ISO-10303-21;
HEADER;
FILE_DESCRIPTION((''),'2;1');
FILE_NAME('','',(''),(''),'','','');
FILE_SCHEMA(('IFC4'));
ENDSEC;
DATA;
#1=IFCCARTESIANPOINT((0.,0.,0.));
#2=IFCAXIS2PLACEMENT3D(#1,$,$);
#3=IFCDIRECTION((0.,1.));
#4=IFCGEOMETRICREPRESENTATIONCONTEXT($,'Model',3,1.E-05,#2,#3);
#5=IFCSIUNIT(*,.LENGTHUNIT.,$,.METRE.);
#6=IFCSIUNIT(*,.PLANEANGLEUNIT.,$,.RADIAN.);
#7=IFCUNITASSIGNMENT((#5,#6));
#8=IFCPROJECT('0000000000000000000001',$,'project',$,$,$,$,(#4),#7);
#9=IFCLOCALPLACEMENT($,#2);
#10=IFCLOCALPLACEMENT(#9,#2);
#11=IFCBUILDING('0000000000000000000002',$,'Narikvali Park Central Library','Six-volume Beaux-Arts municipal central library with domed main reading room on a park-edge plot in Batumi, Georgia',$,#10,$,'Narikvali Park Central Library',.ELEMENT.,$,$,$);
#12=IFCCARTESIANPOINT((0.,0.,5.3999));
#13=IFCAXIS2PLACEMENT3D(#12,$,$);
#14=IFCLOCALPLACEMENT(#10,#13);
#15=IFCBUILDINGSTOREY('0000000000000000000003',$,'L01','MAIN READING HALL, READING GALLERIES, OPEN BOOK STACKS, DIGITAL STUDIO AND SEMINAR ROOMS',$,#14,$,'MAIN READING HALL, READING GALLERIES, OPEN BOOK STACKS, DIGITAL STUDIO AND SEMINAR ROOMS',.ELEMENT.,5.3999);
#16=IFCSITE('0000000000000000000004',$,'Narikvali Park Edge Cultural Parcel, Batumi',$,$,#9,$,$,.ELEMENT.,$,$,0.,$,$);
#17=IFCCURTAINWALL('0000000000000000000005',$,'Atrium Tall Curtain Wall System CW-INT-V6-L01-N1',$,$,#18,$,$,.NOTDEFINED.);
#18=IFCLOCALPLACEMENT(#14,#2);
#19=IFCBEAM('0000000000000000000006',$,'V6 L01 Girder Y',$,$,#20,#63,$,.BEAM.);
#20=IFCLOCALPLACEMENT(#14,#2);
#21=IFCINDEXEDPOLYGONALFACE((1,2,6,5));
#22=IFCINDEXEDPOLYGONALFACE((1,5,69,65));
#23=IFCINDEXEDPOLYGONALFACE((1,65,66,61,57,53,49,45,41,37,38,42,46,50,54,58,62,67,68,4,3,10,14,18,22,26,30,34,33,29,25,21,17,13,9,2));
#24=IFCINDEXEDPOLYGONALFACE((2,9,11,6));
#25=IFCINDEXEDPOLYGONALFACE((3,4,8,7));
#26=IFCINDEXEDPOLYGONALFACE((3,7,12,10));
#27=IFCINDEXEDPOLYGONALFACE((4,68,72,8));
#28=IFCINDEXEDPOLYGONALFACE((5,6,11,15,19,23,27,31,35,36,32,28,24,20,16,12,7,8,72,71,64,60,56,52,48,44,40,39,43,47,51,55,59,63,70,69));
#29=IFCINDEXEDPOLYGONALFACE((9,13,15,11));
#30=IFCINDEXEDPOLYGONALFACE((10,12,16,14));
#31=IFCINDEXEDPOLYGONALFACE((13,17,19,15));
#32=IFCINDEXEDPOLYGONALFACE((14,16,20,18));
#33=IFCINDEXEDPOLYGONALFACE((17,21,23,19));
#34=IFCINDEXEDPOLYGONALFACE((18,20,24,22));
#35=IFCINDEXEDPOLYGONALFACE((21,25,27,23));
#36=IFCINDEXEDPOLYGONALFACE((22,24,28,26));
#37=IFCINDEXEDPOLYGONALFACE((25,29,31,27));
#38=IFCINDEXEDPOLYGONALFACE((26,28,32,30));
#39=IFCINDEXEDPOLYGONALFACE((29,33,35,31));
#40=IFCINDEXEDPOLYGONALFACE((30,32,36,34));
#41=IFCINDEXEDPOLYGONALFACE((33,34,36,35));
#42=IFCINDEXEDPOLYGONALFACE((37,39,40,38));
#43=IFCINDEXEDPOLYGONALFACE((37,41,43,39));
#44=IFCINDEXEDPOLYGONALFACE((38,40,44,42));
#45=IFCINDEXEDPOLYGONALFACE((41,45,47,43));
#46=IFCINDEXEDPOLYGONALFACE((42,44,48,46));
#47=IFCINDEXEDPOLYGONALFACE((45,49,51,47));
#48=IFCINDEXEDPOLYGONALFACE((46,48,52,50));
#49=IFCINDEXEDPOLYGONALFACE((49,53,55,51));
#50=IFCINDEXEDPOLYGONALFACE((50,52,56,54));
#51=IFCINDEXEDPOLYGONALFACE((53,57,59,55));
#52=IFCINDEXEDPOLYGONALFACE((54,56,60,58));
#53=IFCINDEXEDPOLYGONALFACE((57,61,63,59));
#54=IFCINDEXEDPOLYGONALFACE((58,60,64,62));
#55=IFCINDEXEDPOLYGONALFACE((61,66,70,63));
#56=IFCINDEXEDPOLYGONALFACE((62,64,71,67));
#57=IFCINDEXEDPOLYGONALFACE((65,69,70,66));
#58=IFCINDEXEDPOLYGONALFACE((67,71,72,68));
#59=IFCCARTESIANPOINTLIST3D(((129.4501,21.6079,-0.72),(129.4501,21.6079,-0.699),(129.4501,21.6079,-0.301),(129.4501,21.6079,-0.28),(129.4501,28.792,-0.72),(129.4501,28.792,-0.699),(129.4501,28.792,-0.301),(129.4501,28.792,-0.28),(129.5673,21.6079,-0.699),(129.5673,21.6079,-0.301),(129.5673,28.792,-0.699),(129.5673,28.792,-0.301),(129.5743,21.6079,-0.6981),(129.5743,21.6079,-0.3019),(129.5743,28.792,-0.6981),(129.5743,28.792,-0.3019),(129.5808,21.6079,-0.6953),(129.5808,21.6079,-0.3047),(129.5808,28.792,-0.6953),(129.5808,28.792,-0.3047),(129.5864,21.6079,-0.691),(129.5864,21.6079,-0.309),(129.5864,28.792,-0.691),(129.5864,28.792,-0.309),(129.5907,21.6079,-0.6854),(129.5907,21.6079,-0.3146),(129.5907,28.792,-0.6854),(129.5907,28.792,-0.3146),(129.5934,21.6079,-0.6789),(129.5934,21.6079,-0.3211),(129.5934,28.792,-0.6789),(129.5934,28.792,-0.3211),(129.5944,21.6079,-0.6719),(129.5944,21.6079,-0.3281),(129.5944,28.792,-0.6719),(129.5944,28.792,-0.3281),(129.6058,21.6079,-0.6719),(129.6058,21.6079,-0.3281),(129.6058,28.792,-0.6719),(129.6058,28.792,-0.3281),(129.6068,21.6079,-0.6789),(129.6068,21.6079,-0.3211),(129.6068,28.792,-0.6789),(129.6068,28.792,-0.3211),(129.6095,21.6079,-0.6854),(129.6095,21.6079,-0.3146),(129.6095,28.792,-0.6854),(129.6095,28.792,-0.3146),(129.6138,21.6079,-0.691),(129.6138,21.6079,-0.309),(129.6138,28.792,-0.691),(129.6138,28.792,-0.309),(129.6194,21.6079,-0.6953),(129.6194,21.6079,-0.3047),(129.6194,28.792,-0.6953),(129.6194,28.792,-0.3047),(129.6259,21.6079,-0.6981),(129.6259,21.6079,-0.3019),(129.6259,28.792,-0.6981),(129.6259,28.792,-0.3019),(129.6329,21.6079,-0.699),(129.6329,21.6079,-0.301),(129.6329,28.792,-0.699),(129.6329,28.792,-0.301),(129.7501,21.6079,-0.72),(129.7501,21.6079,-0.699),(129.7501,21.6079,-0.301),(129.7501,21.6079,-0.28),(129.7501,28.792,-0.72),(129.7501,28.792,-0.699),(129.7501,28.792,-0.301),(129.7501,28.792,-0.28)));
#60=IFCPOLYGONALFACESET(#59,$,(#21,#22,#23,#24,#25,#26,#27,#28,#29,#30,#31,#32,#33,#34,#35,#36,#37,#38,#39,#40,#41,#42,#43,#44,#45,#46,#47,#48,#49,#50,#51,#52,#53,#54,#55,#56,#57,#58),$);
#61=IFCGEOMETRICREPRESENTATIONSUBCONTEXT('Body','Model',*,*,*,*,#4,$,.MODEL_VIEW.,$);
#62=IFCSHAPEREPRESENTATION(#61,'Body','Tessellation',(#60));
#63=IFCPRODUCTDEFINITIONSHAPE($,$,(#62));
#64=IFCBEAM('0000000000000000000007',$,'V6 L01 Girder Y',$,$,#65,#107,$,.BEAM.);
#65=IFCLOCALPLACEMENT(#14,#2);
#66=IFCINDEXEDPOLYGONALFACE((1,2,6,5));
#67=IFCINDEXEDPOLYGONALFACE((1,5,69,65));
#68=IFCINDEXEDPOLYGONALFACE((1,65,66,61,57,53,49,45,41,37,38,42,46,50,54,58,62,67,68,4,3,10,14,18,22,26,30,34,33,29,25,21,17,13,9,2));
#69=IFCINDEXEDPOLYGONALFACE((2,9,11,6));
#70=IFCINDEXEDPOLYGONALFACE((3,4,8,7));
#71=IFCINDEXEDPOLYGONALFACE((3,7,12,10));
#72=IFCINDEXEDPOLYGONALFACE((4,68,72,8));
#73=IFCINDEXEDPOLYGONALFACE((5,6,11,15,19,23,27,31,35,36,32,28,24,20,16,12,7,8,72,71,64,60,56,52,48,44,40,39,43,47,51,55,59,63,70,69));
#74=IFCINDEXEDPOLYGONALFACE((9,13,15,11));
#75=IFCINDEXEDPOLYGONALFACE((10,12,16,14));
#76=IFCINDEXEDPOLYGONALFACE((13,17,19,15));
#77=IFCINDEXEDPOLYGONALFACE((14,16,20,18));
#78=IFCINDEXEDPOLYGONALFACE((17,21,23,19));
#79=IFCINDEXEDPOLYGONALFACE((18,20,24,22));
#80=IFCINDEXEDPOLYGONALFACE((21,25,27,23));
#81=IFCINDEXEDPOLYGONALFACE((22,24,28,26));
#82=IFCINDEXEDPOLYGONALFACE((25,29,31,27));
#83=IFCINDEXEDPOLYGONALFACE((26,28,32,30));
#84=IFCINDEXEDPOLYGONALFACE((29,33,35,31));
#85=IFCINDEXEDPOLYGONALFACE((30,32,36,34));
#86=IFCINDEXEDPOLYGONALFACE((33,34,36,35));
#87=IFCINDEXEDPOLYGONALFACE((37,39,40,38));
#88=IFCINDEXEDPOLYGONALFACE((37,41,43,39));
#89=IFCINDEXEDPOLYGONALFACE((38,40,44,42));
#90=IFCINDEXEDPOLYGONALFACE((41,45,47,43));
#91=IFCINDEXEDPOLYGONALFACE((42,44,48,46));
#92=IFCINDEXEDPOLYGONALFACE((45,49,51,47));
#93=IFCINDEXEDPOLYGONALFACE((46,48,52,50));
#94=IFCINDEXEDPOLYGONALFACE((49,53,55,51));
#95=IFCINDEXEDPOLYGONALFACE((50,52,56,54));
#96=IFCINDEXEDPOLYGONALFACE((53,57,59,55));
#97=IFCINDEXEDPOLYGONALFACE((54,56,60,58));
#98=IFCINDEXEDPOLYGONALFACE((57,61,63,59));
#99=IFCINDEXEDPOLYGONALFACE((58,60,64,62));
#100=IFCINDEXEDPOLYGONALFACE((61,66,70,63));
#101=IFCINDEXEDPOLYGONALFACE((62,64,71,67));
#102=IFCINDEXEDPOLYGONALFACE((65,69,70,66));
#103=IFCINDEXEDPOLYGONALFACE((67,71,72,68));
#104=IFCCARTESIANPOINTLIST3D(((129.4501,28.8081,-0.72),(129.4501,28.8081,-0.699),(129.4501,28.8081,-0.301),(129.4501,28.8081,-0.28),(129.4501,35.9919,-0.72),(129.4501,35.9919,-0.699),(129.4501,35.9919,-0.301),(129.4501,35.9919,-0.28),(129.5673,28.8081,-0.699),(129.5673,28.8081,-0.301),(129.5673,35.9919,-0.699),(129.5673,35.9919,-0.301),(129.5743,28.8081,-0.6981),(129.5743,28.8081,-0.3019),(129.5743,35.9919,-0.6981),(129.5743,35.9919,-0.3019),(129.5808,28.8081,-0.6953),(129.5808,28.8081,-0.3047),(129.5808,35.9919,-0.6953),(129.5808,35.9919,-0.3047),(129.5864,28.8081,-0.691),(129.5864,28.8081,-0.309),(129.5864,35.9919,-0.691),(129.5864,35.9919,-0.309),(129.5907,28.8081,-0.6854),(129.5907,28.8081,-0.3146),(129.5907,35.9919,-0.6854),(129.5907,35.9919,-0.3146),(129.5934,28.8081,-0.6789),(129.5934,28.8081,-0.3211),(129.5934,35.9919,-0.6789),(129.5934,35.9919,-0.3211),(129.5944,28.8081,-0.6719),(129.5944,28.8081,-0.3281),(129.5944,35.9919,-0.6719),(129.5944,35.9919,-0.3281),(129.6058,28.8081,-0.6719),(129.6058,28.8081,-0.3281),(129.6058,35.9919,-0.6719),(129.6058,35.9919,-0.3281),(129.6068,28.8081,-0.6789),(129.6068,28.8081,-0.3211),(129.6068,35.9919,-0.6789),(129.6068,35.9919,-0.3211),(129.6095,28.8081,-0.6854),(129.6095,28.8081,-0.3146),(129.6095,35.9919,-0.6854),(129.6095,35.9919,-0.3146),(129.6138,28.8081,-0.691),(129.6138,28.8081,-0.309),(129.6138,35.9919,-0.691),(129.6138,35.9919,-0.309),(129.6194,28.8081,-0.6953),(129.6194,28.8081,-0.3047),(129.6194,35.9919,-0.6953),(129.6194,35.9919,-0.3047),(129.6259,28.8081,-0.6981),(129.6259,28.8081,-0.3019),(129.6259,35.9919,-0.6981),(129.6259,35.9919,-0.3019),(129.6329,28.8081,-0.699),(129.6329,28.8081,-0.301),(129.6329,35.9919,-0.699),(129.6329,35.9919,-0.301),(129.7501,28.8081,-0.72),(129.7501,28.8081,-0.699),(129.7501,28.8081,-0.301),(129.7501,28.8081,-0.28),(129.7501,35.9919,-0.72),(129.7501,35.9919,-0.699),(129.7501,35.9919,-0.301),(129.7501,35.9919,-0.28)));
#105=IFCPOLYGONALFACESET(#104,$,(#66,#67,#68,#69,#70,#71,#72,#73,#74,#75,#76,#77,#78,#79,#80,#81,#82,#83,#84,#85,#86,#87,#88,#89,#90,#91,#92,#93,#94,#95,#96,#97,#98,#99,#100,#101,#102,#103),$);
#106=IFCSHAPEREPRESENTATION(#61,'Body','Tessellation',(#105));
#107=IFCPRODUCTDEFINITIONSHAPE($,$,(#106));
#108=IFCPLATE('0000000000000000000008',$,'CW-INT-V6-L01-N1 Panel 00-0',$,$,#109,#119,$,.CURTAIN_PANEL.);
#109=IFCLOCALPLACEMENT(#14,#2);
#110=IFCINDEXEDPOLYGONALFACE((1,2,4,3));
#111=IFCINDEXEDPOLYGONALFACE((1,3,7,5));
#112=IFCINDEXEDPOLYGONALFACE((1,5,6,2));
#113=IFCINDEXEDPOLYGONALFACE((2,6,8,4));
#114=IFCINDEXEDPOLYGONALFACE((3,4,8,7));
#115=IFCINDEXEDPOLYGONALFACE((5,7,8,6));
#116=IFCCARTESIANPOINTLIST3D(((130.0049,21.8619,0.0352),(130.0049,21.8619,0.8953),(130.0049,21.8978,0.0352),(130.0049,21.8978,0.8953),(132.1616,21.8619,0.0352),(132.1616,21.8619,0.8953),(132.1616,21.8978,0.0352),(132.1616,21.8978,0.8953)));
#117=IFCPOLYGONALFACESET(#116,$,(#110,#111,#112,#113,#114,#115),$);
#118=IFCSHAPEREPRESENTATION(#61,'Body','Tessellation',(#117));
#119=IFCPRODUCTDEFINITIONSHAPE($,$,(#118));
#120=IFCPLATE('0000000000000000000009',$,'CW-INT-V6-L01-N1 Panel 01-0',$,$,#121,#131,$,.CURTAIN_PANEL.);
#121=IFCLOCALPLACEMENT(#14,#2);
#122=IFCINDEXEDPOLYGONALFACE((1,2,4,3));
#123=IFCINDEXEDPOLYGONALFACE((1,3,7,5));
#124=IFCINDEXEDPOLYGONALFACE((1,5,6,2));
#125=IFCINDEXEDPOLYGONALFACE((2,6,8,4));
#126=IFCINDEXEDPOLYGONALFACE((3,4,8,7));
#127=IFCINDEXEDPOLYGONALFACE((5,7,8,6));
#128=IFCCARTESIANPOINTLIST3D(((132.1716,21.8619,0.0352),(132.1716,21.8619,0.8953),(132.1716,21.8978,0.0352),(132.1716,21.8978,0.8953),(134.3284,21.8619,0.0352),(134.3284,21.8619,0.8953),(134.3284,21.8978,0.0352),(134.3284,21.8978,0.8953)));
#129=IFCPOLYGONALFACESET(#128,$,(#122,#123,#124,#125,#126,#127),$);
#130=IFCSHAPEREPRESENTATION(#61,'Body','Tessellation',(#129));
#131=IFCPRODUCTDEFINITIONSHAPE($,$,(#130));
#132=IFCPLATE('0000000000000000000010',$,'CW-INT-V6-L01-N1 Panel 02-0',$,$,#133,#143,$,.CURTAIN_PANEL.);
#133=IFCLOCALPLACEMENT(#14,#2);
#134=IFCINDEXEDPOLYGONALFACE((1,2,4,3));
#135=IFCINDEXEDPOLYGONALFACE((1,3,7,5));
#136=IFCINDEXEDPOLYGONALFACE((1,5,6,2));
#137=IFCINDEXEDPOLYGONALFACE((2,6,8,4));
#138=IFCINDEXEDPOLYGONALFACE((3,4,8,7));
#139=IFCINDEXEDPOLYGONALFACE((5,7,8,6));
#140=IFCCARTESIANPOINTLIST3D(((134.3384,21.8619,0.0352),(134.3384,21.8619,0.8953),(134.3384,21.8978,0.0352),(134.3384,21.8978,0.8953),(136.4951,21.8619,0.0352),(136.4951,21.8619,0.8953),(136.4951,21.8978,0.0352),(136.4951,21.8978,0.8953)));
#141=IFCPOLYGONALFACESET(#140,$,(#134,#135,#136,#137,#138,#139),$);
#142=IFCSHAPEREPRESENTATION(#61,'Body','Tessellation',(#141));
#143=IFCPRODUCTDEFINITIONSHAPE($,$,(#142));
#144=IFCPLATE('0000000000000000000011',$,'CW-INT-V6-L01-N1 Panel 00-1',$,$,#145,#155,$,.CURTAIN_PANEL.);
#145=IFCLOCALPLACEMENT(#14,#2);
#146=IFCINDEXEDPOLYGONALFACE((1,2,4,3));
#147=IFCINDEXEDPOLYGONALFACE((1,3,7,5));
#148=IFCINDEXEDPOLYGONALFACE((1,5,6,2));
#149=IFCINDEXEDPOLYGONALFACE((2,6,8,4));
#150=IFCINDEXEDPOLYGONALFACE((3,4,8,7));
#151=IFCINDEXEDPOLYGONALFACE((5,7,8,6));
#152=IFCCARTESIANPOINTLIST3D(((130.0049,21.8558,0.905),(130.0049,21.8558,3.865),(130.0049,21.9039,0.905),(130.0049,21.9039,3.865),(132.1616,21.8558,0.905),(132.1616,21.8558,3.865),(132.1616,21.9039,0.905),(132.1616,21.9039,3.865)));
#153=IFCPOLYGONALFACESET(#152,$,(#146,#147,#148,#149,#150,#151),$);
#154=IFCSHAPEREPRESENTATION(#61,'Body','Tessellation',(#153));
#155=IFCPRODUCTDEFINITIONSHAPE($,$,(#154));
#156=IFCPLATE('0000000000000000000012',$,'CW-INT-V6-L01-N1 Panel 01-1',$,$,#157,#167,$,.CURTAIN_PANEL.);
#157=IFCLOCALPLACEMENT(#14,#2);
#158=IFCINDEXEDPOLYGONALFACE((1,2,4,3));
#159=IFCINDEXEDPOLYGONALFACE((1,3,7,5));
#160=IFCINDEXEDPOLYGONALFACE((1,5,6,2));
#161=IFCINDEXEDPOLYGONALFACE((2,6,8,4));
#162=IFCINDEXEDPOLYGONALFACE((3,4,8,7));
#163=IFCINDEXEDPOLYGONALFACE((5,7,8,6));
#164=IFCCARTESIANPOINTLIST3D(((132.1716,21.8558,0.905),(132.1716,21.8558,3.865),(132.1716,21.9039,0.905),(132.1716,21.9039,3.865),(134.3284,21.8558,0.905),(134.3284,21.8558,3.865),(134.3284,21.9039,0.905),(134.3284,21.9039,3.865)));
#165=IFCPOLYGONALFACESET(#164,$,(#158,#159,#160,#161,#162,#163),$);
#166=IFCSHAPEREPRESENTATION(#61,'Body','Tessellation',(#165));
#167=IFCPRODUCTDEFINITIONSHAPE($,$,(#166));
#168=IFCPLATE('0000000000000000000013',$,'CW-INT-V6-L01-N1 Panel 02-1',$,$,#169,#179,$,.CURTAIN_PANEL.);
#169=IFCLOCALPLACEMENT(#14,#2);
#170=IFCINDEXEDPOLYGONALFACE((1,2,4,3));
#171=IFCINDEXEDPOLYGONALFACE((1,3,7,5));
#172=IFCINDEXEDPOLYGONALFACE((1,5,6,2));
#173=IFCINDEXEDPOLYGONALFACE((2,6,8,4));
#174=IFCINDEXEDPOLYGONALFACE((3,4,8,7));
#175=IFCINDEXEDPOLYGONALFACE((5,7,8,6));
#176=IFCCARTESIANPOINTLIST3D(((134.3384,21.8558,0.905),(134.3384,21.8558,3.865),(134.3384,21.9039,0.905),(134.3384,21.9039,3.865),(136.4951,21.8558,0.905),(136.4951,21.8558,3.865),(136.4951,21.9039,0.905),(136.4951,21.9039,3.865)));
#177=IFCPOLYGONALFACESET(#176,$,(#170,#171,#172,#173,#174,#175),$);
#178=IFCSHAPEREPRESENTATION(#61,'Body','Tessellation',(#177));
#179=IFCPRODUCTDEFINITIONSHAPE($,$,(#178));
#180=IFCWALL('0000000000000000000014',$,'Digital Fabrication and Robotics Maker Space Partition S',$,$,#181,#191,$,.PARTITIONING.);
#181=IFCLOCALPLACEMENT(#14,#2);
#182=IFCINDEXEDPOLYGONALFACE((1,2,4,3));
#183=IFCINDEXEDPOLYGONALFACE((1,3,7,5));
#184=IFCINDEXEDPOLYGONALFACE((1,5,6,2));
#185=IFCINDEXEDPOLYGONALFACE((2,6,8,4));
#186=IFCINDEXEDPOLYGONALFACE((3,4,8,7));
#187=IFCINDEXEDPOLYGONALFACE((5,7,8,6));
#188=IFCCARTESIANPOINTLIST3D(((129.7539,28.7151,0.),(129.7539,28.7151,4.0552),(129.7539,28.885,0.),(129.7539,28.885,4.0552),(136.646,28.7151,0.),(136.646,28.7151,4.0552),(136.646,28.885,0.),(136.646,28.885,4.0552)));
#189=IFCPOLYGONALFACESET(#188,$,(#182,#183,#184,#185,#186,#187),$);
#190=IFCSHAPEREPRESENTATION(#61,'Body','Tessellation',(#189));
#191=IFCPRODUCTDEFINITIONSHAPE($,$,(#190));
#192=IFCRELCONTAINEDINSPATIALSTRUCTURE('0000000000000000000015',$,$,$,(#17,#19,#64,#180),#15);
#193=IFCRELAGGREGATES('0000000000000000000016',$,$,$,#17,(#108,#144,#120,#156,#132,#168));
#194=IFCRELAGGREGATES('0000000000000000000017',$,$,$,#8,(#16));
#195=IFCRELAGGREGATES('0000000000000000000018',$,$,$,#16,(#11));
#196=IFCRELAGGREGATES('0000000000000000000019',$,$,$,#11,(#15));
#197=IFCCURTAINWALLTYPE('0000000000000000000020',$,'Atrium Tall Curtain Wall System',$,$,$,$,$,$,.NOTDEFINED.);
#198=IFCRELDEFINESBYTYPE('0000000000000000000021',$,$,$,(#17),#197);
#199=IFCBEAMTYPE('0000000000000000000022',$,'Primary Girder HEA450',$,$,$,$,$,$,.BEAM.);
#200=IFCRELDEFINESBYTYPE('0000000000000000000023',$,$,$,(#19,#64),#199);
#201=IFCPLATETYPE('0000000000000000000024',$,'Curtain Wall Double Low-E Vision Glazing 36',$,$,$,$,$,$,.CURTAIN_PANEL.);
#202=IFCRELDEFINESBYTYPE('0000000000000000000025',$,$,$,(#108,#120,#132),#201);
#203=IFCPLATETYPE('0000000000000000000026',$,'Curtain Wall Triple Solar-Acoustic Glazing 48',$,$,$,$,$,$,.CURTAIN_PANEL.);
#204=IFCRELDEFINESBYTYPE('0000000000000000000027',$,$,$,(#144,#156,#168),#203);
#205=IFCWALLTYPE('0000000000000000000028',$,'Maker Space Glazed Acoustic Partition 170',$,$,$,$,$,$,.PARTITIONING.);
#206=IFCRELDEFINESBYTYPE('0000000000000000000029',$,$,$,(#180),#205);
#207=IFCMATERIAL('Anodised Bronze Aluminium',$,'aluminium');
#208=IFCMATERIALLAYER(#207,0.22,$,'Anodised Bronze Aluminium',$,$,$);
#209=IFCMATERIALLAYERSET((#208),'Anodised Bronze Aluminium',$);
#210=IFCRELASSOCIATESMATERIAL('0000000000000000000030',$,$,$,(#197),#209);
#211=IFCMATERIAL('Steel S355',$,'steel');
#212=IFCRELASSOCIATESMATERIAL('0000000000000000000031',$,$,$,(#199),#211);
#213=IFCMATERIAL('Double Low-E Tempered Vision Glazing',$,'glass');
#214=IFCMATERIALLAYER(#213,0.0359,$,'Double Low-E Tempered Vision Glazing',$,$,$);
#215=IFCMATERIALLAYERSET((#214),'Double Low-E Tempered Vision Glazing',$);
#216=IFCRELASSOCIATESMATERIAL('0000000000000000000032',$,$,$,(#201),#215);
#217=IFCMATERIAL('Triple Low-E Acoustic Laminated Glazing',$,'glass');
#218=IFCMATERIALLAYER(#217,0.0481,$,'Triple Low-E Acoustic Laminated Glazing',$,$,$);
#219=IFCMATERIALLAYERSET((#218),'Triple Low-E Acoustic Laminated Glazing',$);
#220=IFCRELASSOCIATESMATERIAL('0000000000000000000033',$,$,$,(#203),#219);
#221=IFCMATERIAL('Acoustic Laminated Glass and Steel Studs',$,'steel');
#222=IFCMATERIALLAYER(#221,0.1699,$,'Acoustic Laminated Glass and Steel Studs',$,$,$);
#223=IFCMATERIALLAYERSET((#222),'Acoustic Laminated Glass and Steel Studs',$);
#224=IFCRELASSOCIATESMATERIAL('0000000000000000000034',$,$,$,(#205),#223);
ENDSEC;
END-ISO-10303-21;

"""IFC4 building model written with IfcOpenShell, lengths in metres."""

from ifc_helpers import new_model, si_unit, direction, frame, frame_2d, origin, origin_2d, place, context, subcontext, project, spatial, rectangle, i_section, extrude, material, layer, layer_set, material_profile, profile_set, type_object, element, aggregate, save


model = new_model("IFC4")

# Units and contexts
model_context = context("Model", 3, precision=1e-05, world=origin(), true_north=direction((0.0, 1.0)))
body_context = subcontext(model_context, "Body", "Model", "MODEL_VIEW")
ifc_project = project(units=[si_unit("LENGTHUNIT", "METRE"), si_unit("PLANEANGLEUNIT", "RADIAN")], contexts=[model_context])

# Site, building, storey
site_placement = place(None, origin())
site = spatial("IfcSite", under=ifc_project, at=site_placement, Name="Narikvali Park Edge Cultural Parcel, Batumi", CompositionType="ELEMENT", RefElevation=0.0)
building_placement = place(site_placement, origin())
building = spatial("IfcBuilding", under=site, at=building_placement, Name="Narikvali Park Central Library", Description="Six-volume Beaux-Arts municipal central library with domed main reading room on a park-edge plot in Batumi, Georgia", LongName="Narikvali Park Central Library", CompositionType="ELEMENT")
storey_placement = place(building_placement, frame((0.0, 0.0, 5.3999)))
storey = spatial("IfcBuildingStorey", under=building, at=storey_placement, Name="L01", Description="MAIN READING HALL, READING GALLERIES, OPEN BOOK STACKS, DIGITAL STUDIO AND SEMINAR ROOMS", LongName="MAIN READING HALL, READING GALLERIES, OPEN BOOK STACKS, DIGITAL STUDIO AND SEMINAR ROOMS", CompositionType="ELEMENT", Elevation=5.3999)

# Shared definitions
ifc_material_1 = material(Name="Steel S355", Category="steel")

# Curtain wall
ifc_material_2 = material(Name="Anodised Bronze Aluminium", Category="aluminium")
ifc_layer_1 = layer(ifc_material_2, 0.22, Name="Anodised Bronze Aluminium")
ifc_layer_set_1 = layer_set([ifc_layer_1], Name="Anodised Bronze Aluminium")
curtain_wall_type = type_object("IfcCurtainWallType", Name="Atrium Tall Curtain Wall System", PredefinedType="NOTDEFINED", material=ifc_layer_set_1)
curtain_wall_placement = place(storey_placement, origin())
curtain_wall = element("IfcCurtainWall", 1, at=curtain_wall_placement, inside=storey, type_object=curtain_wall_type, Name="Atrium Tall Curtain Wall System CW-INT-V6-L01-N1", PredefinedType="NOTDEFINED")

# Beams
ifc_material_profile_1 = material_profile(ifc_material_1, i_section(OverallWidth=0.3, OverallDepth=0.4399, WebThickness=0.0115, FlangeThickness=0.021, FilletRadius=0.0271, at=origin_2d()), Name="HEA 450")
ifc_profile_set_1 = profile_set([ifc_material_profile_1], Name="Steel S355")
beam_type_1 = type_object("IfcBeamType", Name="Primary Girder HEA450", PredefinedType="BEAM", material=ifc_profile_set_1)
beam_1_placement = place(storey_placement, frame((129.6001, 21.6079, -0.5), z_axis=(0.0, 1.0, 0.0), x_axis=(-1.0, 0.0, 0.0)))
element("IfcBeam", 2, at=beam_1_placement, inside=storey, type_object=beam_type_1, Name="V6 L01 Girder Y", PredefinedType="BEAM", context=body_context, shape_type="SweptSolid", body=[
    extrude(i_section(OverallWidth=0.3, OverallDepth=0.4399, WebThickness=0.0115, FlangeThickness=0.021, FilletRadius=0.0271, at=origin_2d()), origin(), (0.0, 0.0, 1.0), 7.1841),
])
beam_2_placement = place(storey_placement, frame((129.6001, 28.8081, -0.5), z_axis=(0.0, 1.0, 0.0), x_axis=(-1.0, 0.0, 0.0)))
element("IfcBeam", 3, at=beam_2_placement, inside=storey, type_object=beam_type_1, Name="V6 L01 Girder Y", PredefinedType="BEAM", context=body_context, shape_type="SweptSolid", body=[
    extrude(i_section(OverallWidth=0.3, OverallDepth=0.4399, WebThickness=0.0115, FlangeThickness=0.021, FilletRadius=0.0271, at=origin_2d()), origin(), (0.0, 0.0, 1.0), 7.1838),
])

# Plates
ifc_material_3 = material(Name="Double Low-E Tempered Vision Glazing", Category="glass")
ifc_layer_2 = layer(ifc_material_3, 0.0359, Name="Double Low-E Tempered Vision Glazing")
ifc_layer_set_2 = layer_set([ifc_layer_2], Name="Double Low-E Tempered Vision Glazing")
plate_type_1 = type_object("IfcPlateType", Name="Curtain Wall Double Low-E Vision Glazing 36", PredefinedType="CURTAIN_PANEL", material=ifc_layer_set_2)
plate_1_placement = place(storey_placement, frame((131.0833, 21.8799, 0.0352), z_axis=(0.0, 0.0, 1.0), x_axis=(1.0, 0.0, 0.0)))
plate_1 = element("IfcPlate", 4, at=plate_1_placement, type_object=plate_type_1, Name="CW-INT-V6-L01-N1 Panel 00-0", PredefinedType="CURTAIN_PANEL", context=body_context, shape_type="SweptSolid", body=[
    extrude(rectangle(XDim=2.1567, YDim=0.0359, at=origin_2d()), origin(), (0.0, 0.0, 1.0), 0.8601),
])
plate_2_placement = place(storey_placement, frame((133.25, 21.8799, 0.0352), z_axis=(0.0, 0.0, 1.0), x_axis=(1.0, 0.0, 0.0)))
plate_2 = element("IfcPlate", 5, at=plate_2_placement, type_object=plate_type_1, Name="CW-INT-V6-L01-N1 Panel 01-0", PredefinedType="CURTAIN_PANEL", context=body_context, shape_type="SweptSolid", body=[
    extrude(rectangle(XDim=2.1567, YDim=0.0359, at=origin_2d()), origin(), (0.0, 0.0, 1.0), 0.8601),
])
plate_3_placement = place(storey_placement, frame((135.4167, 21.8799, 0.0352), z_axis=(0.0, 0.0, 1.0), x_axis=(1.0, 0.0, 0.0)))
plate_3 = element("IfcPlate", 6, at=plate_3_placement, type_object=plate_type_1, Name="CW-INT-V6-L01-N1 Panel 02-0", PredefinedType="CURTAIN_PANEL", context=body_context, shape_type="SweptSolid", body=[
    extrude(rectangle(XDim=2.1567, YDim=0.0359, at=origin_2d()), origin(), (0.0, 0.0, 1.0), 0.8601),
])
ifc_material_4 = material(Name="Triple Low-E Acoustic Laminated Glazing", Category="glass")
ifc_layer_3 = layer(ifc_material_4, 0.0481, Name="Triple Low-E Acoustic Laminated Glazing")
ifc_layer_set_3 = layer_set([ifc_layer_3], Name="Triple Low-E Acoustic Laminated Glazing")
plate_type_2 = type_object("IfcPlateType", Name="Curtain Wall Triple Solar-Acoustic Glazing 48", PredefinedType="CURTAIN_PANEL", material=ifc_layer_set_3)
plate_4_placement = place(storey_placement, frame((131.0833, 21.8799, 0.905), z_axis=(0.0, 0.0, 1.0), x_axis=(1.0, 0.0, 0.0)))
plate_4 = element("IfcPlate", 7, at=plate_4_placement, type_object=plate_type_2, Name="CW-INT-V6-L01-N1 Panel 00-1", PredefinedType="CURTAIN_PANEL", context=body_context, shape_type="SweptSolid", body=[
    extrude(rectangle(XDim=2.1567, YDim=0.0481, at=origin_2d()), origin(), (0.0, 0.0, 1.0), 2.96),
])
plate_5_placement = place(storey_placement, frame((133.25, 21.8799, 0.905), z_axis=(0.0, 0.0, 1.0), x_axis=(1.0, 0.0, 0.0)))
plate_5 = element("IfcPlate", 8, at=plate_5_placement, type_object=plate_type_2, Name="CW-INT-V6-L01-N1 Panel 01-1", PredefinedType="CURTAIN_PANEL", context=body_context, shape_type="SweptSolid", body=[
    extrude(rectangle(XDim=2.1567, YDim=0.0481, at=origin_2d()), origin(), (0.0, 0.0, 1.0), 2.96),
])
plate_6_placement = place(storey_placement, frame((135.4167, 21.8799, 0.905), z_axis=(0.0, 0.0, 1.0), x_axis=(1.0, 0.0, 0.0)))
plate_6 = element("IfcPlate", 9, at=plate_6_placement, type_object=plate_type_2, Name="CW-INT-V6-L01-N1 Panel 02-1", PredefinedType="CURTAIN_PANEL", context=body_context, shape_type="SweptSolid", body=[
    extrude(rectangle(XDim=2.1567, YDim=0.0481, at=origin_2d()), origin(), (0.0, 0.0, 1.0), 2.96),
])
aggregate(curtain_wall, [plate_1, plate_4, plate_2, plate_5, plate_3, plate_6])

# Wall
ifc_material_5 = material(Name="Acoustic Laminated Glass and Steel Studs", Category="steel")
ifc_layer_4 = layer(ifc_material_5, 0.1699, Name="Acoustic Laminated Glass and Steel Studs")
ifc_layer_set_4 = layer_set([ifc_layer_4], Name="Acoustic Laminated Glass and Steel Studs")
wall_type = type_object("IfcWallType", Name="Maker Space Glazed Acoustic Partition 170", PredefinedType="PARTITIONING", material=ifc_layer_set_4)
wall_placement = place(storey_placement, frame((129.7539, 28.8, 0.0), z_axis=(0.0, 0.0, 1.0), x_axis=(1.0, 0.0, 0.0)))
element("IfcWall", 10, at=wall_placement, inside=storey, type_object=wall_type, Name="Digital Fabrication and Robotics Maker Space Partition S", PredefinedType="PARTITIONING", context=body_context, shape_type="SweptSolid", body=[
    extrude(rectangle(XDim=6.8921, YDim=0.1699, at=frame_2d((3.446, 0.0))), origin(), (0.0, 0.0, 1.0), 4.0552),
])

save(model, "model.ifc")
